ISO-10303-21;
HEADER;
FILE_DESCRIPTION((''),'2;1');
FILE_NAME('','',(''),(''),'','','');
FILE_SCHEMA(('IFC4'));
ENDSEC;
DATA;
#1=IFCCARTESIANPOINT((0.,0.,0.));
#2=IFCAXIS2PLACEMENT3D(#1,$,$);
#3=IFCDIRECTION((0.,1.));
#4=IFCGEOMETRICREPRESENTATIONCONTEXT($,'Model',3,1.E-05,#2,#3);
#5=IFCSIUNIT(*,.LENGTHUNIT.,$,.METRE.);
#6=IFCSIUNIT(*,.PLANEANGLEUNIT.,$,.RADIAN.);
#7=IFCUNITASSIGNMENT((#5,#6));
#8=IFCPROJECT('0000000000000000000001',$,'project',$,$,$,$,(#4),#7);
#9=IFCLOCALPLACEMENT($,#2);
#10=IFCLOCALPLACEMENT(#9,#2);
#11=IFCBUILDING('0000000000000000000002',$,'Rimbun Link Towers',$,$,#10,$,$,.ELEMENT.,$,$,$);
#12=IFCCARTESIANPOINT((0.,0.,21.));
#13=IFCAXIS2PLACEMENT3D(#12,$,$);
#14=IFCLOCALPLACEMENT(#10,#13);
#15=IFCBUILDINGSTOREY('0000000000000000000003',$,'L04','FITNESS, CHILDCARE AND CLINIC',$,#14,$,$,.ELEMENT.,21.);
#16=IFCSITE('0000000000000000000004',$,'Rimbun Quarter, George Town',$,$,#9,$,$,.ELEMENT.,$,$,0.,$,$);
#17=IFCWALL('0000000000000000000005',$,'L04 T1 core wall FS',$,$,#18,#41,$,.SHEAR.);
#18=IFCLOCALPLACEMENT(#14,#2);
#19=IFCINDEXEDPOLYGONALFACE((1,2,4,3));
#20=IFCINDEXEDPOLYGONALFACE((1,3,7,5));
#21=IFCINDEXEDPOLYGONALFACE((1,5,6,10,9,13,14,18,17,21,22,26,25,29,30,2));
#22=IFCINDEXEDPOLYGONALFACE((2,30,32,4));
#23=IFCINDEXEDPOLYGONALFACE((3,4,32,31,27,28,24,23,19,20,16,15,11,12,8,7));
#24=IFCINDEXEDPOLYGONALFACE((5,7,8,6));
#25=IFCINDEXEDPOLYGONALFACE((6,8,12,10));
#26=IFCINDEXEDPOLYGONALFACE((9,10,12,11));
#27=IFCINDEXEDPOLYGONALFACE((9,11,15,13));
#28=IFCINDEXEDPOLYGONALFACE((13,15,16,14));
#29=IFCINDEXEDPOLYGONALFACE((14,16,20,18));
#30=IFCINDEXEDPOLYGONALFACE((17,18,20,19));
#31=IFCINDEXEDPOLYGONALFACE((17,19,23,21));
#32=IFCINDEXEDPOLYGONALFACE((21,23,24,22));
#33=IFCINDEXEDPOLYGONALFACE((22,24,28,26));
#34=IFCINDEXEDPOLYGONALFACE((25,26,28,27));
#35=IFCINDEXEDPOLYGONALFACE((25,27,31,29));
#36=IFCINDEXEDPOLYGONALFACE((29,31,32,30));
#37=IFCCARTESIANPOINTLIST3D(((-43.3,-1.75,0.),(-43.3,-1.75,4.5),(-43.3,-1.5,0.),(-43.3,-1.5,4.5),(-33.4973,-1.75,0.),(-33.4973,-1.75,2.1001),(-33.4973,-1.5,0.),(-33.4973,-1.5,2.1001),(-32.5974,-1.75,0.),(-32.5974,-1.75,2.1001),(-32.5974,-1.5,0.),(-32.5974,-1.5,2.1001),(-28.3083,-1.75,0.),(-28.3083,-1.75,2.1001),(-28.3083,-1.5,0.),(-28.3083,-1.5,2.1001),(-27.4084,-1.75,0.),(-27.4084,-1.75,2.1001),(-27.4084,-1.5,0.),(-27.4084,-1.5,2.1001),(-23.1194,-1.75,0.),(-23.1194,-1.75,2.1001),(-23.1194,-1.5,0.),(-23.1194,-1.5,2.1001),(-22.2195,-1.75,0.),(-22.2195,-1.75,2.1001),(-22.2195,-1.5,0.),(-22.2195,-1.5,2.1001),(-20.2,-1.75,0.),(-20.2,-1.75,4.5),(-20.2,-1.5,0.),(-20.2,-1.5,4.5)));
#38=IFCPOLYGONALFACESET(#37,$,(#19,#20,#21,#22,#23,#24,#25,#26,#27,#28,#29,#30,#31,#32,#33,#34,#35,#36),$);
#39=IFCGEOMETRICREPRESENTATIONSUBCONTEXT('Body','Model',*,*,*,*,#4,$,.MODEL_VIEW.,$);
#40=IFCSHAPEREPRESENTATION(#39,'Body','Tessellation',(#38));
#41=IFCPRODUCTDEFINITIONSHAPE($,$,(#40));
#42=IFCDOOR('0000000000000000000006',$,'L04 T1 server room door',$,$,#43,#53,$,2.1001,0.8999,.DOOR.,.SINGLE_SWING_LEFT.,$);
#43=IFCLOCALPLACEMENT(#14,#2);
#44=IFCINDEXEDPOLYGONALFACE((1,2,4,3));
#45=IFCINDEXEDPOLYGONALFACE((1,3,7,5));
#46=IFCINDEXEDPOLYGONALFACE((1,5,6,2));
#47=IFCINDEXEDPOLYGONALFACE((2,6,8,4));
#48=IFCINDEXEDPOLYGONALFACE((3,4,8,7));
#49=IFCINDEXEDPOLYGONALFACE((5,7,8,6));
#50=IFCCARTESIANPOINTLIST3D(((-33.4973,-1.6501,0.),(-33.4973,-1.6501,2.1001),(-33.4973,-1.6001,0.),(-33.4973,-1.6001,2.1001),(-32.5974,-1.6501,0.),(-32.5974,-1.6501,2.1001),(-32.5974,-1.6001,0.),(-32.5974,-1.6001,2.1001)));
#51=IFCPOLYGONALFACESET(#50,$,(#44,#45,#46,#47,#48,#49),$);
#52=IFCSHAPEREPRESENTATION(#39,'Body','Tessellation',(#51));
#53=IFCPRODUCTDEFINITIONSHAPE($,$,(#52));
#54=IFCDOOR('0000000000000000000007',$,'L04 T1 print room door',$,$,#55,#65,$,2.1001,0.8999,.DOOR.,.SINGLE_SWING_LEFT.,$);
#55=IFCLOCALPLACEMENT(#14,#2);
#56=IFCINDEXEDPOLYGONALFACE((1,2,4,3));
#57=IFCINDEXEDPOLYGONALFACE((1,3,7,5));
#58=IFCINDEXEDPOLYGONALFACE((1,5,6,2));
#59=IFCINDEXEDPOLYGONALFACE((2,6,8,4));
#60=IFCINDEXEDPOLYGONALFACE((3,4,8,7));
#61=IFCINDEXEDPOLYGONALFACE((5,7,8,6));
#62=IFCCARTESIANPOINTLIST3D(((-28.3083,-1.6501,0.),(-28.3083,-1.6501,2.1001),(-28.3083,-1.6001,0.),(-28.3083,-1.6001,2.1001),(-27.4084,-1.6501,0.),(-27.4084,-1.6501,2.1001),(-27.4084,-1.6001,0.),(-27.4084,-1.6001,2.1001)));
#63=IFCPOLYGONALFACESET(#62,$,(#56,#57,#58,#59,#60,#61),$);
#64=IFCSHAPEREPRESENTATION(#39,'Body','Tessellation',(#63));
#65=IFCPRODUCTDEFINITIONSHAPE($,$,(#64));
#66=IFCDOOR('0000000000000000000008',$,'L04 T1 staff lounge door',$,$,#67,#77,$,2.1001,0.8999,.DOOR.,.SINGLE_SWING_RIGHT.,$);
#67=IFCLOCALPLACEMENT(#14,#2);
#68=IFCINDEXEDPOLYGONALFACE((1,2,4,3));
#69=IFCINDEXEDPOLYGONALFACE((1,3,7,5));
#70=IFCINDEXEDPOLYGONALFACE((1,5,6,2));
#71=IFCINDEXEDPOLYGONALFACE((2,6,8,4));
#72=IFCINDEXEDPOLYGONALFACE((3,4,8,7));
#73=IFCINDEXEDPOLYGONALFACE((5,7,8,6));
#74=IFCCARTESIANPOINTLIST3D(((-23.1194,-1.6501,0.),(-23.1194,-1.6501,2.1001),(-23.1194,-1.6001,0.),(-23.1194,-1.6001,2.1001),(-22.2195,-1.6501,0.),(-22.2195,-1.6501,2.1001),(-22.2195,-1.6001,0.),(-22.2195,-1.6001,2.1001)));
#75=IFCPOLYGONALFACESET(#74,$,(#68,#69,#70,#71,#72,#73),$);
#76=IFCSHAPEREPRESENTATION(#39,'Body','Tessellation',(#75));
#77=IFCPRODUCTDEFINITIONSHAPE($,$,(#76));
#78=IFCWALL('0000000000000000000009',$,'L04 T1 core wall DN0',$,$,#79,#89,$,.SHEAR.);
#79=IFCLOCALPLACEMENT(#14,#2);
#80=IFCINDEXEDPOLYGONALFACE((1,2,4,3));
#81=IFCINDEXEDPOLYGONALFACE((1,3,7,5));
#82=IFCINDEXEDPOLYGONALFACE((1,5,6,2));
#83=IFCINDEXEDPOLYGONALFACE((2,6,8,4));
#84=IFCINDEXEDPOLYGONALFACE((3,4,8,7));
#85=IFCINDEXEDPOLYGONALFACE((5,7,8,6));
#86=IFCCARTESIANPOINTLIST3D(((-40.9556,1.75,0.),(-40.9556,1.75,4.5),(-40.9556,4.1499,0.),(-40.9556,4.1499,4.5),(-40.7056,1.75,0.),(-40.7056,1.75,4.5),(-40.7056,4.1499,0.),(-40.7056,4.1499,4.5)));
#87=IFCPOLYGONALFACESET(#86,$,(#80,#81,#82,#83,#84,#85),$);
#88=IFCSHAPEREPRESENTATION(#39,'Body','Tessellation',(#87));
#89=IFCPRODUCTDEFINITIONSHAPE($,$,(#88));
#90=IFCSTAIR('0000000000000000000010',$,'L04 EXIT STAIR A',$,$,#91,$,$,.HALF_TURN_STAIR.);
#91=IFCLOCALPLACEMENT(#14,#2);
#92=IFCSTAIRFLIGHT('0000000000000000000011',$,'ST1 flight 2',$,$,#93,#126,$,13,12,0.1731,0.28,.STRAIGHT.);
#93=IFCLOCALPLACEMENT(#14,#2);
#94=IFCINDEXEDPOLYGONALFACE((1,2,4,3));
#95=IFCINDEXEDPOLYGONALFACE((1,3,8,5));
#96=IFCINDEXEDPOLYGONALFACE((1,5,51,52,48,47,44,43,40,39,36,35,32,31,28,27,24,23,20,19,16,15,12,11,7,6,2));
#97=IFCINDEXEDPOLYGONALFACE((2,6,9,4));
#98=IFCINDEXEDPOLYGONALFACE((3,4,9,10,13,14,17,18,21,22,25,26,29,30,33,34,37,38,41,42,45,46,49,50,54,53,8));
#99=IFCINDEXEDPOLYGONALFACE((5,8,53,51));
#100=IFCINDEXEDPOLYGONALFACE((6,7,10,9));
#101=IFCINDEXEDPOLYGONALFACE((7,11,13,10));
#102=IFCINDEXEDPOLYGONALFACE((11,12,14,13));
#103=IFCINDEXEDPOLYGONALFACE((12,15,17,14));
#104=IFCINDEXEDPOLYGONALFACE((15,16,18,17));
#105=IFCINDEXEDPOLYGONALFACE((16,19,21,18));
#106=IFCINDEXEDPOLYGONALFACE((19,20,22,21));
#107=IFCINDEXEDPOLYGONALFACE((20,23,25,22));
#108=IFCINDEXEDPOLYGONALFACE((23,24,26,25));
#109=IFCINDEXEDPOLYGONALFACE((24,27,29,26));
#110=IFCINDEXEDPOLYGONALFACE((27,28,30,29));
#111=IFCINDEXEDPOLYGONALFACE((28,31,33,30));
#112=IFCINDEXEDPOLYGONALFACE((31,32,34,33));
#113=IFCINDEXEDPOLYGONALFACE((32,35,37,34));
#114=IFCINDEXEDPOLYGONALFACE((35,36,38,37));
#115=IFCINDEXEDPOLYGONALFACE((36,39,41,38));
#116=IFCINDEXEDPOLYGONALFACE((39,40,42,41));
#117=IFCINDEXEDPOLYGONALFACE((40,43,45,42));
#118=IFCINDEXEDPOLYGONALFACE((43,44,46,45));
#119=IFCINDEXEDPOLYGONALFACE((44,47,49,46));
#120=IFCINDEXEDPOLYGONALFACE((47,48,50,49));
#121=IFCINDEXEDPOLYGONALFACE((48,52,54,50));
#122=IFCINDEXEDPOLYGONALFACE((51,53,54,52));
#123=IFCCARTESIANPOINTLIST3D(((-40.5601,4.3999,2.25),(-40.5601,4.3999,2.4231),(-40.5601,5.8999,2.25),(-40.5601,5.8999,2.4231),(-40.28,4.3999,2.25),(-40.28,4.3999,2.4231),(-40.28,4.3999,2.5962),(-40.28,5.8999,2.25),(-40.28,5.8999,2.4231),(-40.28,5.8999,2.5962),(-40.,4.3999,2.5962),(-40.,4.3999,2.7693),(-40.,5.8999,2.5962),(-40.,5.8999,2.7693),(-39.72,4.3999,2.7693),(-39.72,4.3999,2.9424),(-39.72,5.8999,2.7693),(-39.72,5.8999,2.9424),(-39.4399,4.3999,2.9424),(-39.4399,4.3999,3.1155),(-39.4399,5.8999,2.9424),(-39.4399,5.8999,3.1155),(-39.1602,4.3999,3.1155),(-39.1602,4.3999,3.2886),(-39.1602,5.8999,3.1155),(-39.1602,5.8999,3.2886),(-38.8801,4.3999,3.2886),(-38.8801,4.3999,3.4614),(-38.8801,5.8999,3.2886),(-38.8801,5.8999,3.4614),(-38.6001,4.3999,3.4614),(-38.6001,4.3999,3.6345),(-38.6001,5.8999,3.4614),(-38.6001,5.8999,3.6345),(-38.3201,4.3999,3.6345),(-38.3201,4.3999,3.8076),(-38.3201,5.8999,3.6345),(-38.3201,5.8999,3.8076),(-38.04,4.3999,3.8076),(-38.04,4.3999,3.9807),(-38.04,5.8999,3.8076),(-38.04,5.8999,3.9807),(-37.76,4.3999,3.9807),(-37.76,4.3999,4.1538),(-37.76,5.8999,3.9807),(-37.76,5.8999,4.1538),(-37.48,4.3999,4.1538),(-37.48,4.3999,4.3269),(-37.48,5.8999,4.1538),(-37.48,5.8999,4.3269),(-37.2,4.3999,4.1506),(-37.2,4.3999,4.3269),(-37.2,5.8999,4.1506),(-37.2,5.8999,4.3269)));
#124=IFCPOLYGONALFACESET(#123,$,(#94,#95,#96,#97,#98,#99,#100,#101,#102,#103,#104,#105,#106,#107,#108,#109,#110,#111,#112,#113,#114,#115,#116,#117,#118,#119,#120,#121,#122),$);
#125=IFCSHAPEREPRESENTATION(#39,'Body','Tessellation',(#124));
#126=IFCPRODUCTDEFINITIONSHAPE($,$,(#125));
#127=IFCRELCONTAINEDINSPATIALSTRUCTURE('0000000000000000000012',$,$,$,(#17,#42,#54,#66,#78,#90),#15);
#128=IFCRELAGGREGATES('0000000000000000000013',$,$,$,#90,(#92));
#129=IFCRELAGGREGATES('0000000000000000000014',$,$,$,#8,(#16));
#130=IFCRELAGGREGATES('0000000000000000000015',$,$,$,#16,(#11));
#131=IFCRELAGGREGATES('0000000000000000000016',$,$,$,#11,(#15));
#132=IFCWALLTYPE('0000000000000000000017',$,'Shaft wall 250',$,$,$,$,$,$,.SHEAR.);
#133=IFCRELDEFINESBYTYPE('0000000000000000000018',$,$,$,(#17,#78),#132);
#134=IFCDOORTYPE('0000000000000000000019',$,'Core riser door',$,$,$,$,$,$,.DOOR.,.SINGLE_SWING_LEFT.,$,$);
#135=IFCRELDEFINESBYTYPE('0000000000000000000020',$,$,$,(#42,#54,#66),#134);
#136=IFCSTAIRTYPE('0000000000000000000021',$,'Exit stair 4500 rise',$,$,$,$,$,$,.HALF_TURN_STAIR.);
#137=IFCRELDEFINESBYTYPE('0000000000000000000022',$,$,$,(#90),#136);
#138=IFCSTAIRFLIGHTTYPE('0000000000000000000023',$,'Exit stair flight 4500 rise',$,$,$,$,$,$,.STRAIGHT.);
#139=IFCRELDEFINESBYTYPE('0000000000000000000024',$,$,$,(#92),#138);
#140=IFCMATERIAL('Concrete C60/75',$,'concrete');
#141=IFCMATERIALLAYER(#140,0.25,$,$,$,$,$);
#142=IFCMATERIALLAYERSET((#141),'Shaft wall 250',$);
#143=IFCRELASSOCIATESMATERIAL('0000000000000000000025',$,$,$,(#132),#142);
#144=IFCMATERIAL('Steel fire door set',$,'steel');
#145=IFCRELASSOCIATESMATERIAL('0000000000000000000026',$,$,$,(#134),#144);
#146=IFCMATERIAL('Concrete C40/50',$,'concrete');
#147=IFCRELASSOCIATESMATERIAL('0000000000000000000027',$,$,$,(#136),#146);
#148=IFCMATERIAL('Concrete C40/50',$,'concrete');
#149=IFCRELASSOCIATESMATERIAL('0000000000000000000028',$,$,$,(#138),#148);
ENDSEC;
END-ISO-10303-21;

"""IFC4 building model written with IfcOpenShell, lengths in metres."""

from ifc_helpers import new_model, si_unit, direction, frame, frame_2d, origin, place, context, subcontext, project, spatial, polyline, rectangle, outline, extrude, material, layer, layer_set, type_object, element, fill, aggregate, save


model = new_model("IFC4")

# Units and contexts
model_context = context("Model", 3, precision=1e-05, world=origin(), true_north=direction((0.0, 1.0)))
body_context = subcontext(model_context, "Body", "Model", "MODEL_VIEW")
ifc_project = project(units=[si_unit("LENGTHUNIT", "METRE"), si_unit("PLANEANGLEUNIT", "RADIAN")], contexts=[model_context])

# Site, building, storey
site_placement = place(None, origin())
site = spatial("IfcSite", under=ifc_project, at=site_placement, Name="Rimbun Quarter, George Town", CompositionType="ELEMENT", RefElevation=0.0)
building_placement = place(site_placement, origin())
building = spatial("IfcBuilding", under=site, at=building_placement, Name="Rimbun Link Towers", CompositionType="ELEMENT")
storey_placement = place(building_placement, frame((0.0, 0.0, 21.0)))
storey = spatial("IfcBuildingStorey", under=building, at=storey_placement, Name="L04", Description="FITNESS, CHILDCARE AND CLINIC", CompositionType="ELEMENT", Elevation=21.0)

# Shared definitions
ifc_material_1 = material(Name="Concrete C60/75", Category="concrete")
ifc_layer = layer(ifc_material_1, 0.25)
ifc_layer_set = layer_set([ifc_layer], Name="Shaft wall 250")
wall_type = type_object("IfcWallType", Name="Shaft wall 250", PredefinedType="SHEAR", material=ifc_layer_set)

# Wall, openings, doors
wall_1_placement = place(storey_placement, frame((-43.3, -1.625, 0.0), z_axis=(0.0, 0.0, 1.0), x_axis=(1.0, 0.0, 0.0)))
wall_1 = element("IfcWall", 1, at=wall_1_placement, inside=storey, type_object=wall_type, Name="L04 T1 core wall FS", PredefinedType="SHEAR", context=body_context, shape_type="SweptSolid", body=[
    extrude(rectangle(XDim=23.1001, YDim=0.25, at=frame_2d((11.55, 0.0))), origin(), (0.0, 0.0, 1.0), 4.5),
])
opening_1_placement = place(wall_1_placement, frame((9.8027, 0.0, 0.0)))
opening_1 = element("IfcOpeningElement", 2, at=opening_1_placement, cuts=wall_1, PredefinedType="OPENING", context=body_context, shape_type="SweptSolid", body=[
    extrude(rectangle(XDim=0.8999, YDim=2.1001, at=frame_2d((0.45, 1.05))), frame((0.0, 0.135, 0.0), z_axis=(0.0, -1.0, 0.0), x_axis=(1.0, 0.0, 0.0)), (0.0, 0.0, 1.0), 0.27),
])
opening_2_placement = place(wall_1_placement, frame((14.9917, 0.0, 0.0)))
opening_2 = element("IfcOpeningElement", 3, at=opening_2_placement, cuts=wall_1, PredefinedType="OPENING", context=body_context, shape_type="SweptSolid", body=[
    extrude(rectangle(XDim=0.8999, YDim=2.1001, at=frame_2d((0.45, 1.05))), frame((0.0, 0.135, 0.0), z_axis=(0.0, -1.0, 0.0), x_axis=(1.0, 0.0, 0.0)), (0.0, 0.0, 1.0), 0.27),
])
opening_3_placement = place(wall_1_placement, frame((20.1807, 0.0, 0.0)))
opening_3 = element("IfcOpeningElement", 4, at=opening_3_placement, cuts=wall_1, PredefinedType="OPENING", context=body_context, shape_type="SweptSolid", body=[
    extrude(rectangle(XDim=0.8999, YDim=2.1001, at=frame_2d((0.45, 1.05))), frame((0.0, 0.135, 0.0), z_axis=(0.0, -1.0, 0.0), x_axis=(1.0, 0.0, 0.0)), (0.0, 0.0, 1.0), 0.27),
])
ifc_material_2 = material(Name="Steel fire door set", Category="steel")
door_type_1 = type_object("IfcDoorType", Name="Core riser door", OperationType="SINGLE_SWING_LEFT", PredefinedType="DOOR", material=ifc_material_2)
door_1_placement = place(opening_1_placement, origin())
door_1 = element("IfcDoor", 5, at=door_1_placement, inside=storey, type_object=door_type_1, Name="L04 T1 server room door", OperationType="SINGLE_SWING_LEFT", OverallHeight=2.1001, OverallWidth=0.8999, PredefinedType="DOOR", context=body_context, shape_type="SweptSolid", body=[
    extrude(rectangle(XDim=0.8999, YDim=2.1001, at=frame_2d((0.45, 1.05))), frame((0.0, 0.0249, 0.0), z_axis=(0.0, -1.0, 0.0), x_axis=(1.0, 0.0, 0.0)), (0.0, 0.0, 1.0), 0.05),
])
fill(opening_1, door_1)
door_2_placement = place(opening_2_placement, origin())
door_2 = element("IfcDoor", 6, at=door_2_placement, inside=storey, type_object=door_type_1, Name="L04 T1 print room door", OperationType="SINGLE_SWING_LEFT", OverallHeight=2.1001, OverallWidth=0.8999, PredefinedType="DOOR", context=body_context, shape_type="SweptSolid", body=[
    extrude(rectangle(XDim=0.8999, YDim=2.1001, at=frame_2d((0.45, 1.05))), frame((0.0, 0.0249, 0.0), z_axis=(0.0, -1.0, 0.0), x_axis=(1.0, 0.0, 0.0)), (0.0, 0.0, 1.0), 0.05),
])
fill(opening_2, door_2)
door_3_placement = place(opening_3_placement, origin())
door_3 = element("IfcDoor", 7, at=door_3_placement, inside=storey, type_object=door_type_1, Name="L04 T1 staff lounge door", OperationType="SINGLE_SWING_RIGHT", OverallHeight=2.1001, OverallWidth=0.8999, PredefinedType="DOOR", context=body_context, shape_type="SweptSolid", body=[
    extrude(rectangle(XDim=0.8999, YDim=2.1001, at=frame_2d((0.45, 1.05))), frame((0.0, 0.0249, 0.0), z_axis=(0.0, -1.0, 0.0), x_axis=(1.0, 0.0, 0.0)), (0.0, 0.0, 1.0), 0.05),
])
fill(opening_3, door_3)

# Wall
wall_2_placement = place(storey_placement, frame((-40.8306, 1.75, 0.0), z_axis=(0.0, 0.0, 1.0), x_axis=(0.0, 1.0, 0.0)))
element("IfcWall", 8, at=wall_2_placement, inside=storey, type_object=wall_type, Name="L04 T1 core wall DN0", PredefinedType="SHEAR", context=body_context, shape_type="SweptSolid", body=[
    extrude(rectangle(XDim=2.3999, YDim=0.25, at=frame_2d((1.2, 0.0))), origin(), (0.0, 0.0, 1.0), 4.5),
])

# Stair, stair flight
ifc_material_3 = material(Name="Concrete C40/50", Category="concrete")
stair_type = type_object("IfcStairType", Name="Exit stair 4500 rise", PredefinedType="HALF_TURN_STAIR", material=ifc_material_3)
stair_placement = place(storey_placement, origin())
stair = element("IfcStair", 9, at=stair_placement, inside=storey, type_object=stair_type, Name="L04 EXIT STAIR A", PredefinedType="HALF_TURN_STAIR")
ifc_material_4 = material(Name="Concrete C40/50", Category="concrete")
stair_flight_type = type_object("IfcStairFlightType", Name="Exit stair flight 4500 rise", PredefinedType="STRAIGHT", material=ifc_material_4)
stair_flight_placement = place(storey_placement, frame((-40.5601, 5.1499, 2.25), z_axis=(0.0, 0.0, 1.0), x_axis=(1.0, 0.0, 0.0)))
stair_flight = element("IfcStairFlight", 10, at=stair_flight_placement, type_object=stair_flight_type, Name="ST1 flight 2", NumberOfRisers=13, NumberOfTreads=12, PredefinedType="STRAIGHT", RiserHeight=0.1731, TreadLength=0.28, context=body_context, shape_type="SweptSolid", body=[
    extrude(outline(polyline([(0.0, 0.0), (0.0, 0.1731), (0.28, 0.1731), (0.28, 0.3462), (0.5601, 0.3462), (0.5601, 0.5193), (0.8401, 0.5193), (0.8401, 0.6924), (1.1201, 0.6924), (1.1201, 0.8655), (1.3999, 0.8655), (1.3999, 1.0386), (1.6799, 1.0386), (1.6799, 1.2114), (1.96, 1.2114), (1.96, 1.3845), (2.24, 1.3845), (2.24, 1.5576), (2.52, 1.5576), (2.52, 1.7307), (2.8, 1.7307), (2.8, 1.9038), (3.0801, 1.9038), (3.0801, 2.0769), (3.3601, 2.0769), (3.3601, 2.25), (3.3601, 1.9006), (0.28, 0.0), (0.0, 0.0)])), frame((0.0, 0.75, 0.0), z_axis=(0.0, -1.0, 0.0), x_axis=(1.0, 0.0, 0.0)), (0.0, 0.0, 1.0), 1.5),
])
aggregate(stair, [stair_flight])

save(model, "model.ifc")
